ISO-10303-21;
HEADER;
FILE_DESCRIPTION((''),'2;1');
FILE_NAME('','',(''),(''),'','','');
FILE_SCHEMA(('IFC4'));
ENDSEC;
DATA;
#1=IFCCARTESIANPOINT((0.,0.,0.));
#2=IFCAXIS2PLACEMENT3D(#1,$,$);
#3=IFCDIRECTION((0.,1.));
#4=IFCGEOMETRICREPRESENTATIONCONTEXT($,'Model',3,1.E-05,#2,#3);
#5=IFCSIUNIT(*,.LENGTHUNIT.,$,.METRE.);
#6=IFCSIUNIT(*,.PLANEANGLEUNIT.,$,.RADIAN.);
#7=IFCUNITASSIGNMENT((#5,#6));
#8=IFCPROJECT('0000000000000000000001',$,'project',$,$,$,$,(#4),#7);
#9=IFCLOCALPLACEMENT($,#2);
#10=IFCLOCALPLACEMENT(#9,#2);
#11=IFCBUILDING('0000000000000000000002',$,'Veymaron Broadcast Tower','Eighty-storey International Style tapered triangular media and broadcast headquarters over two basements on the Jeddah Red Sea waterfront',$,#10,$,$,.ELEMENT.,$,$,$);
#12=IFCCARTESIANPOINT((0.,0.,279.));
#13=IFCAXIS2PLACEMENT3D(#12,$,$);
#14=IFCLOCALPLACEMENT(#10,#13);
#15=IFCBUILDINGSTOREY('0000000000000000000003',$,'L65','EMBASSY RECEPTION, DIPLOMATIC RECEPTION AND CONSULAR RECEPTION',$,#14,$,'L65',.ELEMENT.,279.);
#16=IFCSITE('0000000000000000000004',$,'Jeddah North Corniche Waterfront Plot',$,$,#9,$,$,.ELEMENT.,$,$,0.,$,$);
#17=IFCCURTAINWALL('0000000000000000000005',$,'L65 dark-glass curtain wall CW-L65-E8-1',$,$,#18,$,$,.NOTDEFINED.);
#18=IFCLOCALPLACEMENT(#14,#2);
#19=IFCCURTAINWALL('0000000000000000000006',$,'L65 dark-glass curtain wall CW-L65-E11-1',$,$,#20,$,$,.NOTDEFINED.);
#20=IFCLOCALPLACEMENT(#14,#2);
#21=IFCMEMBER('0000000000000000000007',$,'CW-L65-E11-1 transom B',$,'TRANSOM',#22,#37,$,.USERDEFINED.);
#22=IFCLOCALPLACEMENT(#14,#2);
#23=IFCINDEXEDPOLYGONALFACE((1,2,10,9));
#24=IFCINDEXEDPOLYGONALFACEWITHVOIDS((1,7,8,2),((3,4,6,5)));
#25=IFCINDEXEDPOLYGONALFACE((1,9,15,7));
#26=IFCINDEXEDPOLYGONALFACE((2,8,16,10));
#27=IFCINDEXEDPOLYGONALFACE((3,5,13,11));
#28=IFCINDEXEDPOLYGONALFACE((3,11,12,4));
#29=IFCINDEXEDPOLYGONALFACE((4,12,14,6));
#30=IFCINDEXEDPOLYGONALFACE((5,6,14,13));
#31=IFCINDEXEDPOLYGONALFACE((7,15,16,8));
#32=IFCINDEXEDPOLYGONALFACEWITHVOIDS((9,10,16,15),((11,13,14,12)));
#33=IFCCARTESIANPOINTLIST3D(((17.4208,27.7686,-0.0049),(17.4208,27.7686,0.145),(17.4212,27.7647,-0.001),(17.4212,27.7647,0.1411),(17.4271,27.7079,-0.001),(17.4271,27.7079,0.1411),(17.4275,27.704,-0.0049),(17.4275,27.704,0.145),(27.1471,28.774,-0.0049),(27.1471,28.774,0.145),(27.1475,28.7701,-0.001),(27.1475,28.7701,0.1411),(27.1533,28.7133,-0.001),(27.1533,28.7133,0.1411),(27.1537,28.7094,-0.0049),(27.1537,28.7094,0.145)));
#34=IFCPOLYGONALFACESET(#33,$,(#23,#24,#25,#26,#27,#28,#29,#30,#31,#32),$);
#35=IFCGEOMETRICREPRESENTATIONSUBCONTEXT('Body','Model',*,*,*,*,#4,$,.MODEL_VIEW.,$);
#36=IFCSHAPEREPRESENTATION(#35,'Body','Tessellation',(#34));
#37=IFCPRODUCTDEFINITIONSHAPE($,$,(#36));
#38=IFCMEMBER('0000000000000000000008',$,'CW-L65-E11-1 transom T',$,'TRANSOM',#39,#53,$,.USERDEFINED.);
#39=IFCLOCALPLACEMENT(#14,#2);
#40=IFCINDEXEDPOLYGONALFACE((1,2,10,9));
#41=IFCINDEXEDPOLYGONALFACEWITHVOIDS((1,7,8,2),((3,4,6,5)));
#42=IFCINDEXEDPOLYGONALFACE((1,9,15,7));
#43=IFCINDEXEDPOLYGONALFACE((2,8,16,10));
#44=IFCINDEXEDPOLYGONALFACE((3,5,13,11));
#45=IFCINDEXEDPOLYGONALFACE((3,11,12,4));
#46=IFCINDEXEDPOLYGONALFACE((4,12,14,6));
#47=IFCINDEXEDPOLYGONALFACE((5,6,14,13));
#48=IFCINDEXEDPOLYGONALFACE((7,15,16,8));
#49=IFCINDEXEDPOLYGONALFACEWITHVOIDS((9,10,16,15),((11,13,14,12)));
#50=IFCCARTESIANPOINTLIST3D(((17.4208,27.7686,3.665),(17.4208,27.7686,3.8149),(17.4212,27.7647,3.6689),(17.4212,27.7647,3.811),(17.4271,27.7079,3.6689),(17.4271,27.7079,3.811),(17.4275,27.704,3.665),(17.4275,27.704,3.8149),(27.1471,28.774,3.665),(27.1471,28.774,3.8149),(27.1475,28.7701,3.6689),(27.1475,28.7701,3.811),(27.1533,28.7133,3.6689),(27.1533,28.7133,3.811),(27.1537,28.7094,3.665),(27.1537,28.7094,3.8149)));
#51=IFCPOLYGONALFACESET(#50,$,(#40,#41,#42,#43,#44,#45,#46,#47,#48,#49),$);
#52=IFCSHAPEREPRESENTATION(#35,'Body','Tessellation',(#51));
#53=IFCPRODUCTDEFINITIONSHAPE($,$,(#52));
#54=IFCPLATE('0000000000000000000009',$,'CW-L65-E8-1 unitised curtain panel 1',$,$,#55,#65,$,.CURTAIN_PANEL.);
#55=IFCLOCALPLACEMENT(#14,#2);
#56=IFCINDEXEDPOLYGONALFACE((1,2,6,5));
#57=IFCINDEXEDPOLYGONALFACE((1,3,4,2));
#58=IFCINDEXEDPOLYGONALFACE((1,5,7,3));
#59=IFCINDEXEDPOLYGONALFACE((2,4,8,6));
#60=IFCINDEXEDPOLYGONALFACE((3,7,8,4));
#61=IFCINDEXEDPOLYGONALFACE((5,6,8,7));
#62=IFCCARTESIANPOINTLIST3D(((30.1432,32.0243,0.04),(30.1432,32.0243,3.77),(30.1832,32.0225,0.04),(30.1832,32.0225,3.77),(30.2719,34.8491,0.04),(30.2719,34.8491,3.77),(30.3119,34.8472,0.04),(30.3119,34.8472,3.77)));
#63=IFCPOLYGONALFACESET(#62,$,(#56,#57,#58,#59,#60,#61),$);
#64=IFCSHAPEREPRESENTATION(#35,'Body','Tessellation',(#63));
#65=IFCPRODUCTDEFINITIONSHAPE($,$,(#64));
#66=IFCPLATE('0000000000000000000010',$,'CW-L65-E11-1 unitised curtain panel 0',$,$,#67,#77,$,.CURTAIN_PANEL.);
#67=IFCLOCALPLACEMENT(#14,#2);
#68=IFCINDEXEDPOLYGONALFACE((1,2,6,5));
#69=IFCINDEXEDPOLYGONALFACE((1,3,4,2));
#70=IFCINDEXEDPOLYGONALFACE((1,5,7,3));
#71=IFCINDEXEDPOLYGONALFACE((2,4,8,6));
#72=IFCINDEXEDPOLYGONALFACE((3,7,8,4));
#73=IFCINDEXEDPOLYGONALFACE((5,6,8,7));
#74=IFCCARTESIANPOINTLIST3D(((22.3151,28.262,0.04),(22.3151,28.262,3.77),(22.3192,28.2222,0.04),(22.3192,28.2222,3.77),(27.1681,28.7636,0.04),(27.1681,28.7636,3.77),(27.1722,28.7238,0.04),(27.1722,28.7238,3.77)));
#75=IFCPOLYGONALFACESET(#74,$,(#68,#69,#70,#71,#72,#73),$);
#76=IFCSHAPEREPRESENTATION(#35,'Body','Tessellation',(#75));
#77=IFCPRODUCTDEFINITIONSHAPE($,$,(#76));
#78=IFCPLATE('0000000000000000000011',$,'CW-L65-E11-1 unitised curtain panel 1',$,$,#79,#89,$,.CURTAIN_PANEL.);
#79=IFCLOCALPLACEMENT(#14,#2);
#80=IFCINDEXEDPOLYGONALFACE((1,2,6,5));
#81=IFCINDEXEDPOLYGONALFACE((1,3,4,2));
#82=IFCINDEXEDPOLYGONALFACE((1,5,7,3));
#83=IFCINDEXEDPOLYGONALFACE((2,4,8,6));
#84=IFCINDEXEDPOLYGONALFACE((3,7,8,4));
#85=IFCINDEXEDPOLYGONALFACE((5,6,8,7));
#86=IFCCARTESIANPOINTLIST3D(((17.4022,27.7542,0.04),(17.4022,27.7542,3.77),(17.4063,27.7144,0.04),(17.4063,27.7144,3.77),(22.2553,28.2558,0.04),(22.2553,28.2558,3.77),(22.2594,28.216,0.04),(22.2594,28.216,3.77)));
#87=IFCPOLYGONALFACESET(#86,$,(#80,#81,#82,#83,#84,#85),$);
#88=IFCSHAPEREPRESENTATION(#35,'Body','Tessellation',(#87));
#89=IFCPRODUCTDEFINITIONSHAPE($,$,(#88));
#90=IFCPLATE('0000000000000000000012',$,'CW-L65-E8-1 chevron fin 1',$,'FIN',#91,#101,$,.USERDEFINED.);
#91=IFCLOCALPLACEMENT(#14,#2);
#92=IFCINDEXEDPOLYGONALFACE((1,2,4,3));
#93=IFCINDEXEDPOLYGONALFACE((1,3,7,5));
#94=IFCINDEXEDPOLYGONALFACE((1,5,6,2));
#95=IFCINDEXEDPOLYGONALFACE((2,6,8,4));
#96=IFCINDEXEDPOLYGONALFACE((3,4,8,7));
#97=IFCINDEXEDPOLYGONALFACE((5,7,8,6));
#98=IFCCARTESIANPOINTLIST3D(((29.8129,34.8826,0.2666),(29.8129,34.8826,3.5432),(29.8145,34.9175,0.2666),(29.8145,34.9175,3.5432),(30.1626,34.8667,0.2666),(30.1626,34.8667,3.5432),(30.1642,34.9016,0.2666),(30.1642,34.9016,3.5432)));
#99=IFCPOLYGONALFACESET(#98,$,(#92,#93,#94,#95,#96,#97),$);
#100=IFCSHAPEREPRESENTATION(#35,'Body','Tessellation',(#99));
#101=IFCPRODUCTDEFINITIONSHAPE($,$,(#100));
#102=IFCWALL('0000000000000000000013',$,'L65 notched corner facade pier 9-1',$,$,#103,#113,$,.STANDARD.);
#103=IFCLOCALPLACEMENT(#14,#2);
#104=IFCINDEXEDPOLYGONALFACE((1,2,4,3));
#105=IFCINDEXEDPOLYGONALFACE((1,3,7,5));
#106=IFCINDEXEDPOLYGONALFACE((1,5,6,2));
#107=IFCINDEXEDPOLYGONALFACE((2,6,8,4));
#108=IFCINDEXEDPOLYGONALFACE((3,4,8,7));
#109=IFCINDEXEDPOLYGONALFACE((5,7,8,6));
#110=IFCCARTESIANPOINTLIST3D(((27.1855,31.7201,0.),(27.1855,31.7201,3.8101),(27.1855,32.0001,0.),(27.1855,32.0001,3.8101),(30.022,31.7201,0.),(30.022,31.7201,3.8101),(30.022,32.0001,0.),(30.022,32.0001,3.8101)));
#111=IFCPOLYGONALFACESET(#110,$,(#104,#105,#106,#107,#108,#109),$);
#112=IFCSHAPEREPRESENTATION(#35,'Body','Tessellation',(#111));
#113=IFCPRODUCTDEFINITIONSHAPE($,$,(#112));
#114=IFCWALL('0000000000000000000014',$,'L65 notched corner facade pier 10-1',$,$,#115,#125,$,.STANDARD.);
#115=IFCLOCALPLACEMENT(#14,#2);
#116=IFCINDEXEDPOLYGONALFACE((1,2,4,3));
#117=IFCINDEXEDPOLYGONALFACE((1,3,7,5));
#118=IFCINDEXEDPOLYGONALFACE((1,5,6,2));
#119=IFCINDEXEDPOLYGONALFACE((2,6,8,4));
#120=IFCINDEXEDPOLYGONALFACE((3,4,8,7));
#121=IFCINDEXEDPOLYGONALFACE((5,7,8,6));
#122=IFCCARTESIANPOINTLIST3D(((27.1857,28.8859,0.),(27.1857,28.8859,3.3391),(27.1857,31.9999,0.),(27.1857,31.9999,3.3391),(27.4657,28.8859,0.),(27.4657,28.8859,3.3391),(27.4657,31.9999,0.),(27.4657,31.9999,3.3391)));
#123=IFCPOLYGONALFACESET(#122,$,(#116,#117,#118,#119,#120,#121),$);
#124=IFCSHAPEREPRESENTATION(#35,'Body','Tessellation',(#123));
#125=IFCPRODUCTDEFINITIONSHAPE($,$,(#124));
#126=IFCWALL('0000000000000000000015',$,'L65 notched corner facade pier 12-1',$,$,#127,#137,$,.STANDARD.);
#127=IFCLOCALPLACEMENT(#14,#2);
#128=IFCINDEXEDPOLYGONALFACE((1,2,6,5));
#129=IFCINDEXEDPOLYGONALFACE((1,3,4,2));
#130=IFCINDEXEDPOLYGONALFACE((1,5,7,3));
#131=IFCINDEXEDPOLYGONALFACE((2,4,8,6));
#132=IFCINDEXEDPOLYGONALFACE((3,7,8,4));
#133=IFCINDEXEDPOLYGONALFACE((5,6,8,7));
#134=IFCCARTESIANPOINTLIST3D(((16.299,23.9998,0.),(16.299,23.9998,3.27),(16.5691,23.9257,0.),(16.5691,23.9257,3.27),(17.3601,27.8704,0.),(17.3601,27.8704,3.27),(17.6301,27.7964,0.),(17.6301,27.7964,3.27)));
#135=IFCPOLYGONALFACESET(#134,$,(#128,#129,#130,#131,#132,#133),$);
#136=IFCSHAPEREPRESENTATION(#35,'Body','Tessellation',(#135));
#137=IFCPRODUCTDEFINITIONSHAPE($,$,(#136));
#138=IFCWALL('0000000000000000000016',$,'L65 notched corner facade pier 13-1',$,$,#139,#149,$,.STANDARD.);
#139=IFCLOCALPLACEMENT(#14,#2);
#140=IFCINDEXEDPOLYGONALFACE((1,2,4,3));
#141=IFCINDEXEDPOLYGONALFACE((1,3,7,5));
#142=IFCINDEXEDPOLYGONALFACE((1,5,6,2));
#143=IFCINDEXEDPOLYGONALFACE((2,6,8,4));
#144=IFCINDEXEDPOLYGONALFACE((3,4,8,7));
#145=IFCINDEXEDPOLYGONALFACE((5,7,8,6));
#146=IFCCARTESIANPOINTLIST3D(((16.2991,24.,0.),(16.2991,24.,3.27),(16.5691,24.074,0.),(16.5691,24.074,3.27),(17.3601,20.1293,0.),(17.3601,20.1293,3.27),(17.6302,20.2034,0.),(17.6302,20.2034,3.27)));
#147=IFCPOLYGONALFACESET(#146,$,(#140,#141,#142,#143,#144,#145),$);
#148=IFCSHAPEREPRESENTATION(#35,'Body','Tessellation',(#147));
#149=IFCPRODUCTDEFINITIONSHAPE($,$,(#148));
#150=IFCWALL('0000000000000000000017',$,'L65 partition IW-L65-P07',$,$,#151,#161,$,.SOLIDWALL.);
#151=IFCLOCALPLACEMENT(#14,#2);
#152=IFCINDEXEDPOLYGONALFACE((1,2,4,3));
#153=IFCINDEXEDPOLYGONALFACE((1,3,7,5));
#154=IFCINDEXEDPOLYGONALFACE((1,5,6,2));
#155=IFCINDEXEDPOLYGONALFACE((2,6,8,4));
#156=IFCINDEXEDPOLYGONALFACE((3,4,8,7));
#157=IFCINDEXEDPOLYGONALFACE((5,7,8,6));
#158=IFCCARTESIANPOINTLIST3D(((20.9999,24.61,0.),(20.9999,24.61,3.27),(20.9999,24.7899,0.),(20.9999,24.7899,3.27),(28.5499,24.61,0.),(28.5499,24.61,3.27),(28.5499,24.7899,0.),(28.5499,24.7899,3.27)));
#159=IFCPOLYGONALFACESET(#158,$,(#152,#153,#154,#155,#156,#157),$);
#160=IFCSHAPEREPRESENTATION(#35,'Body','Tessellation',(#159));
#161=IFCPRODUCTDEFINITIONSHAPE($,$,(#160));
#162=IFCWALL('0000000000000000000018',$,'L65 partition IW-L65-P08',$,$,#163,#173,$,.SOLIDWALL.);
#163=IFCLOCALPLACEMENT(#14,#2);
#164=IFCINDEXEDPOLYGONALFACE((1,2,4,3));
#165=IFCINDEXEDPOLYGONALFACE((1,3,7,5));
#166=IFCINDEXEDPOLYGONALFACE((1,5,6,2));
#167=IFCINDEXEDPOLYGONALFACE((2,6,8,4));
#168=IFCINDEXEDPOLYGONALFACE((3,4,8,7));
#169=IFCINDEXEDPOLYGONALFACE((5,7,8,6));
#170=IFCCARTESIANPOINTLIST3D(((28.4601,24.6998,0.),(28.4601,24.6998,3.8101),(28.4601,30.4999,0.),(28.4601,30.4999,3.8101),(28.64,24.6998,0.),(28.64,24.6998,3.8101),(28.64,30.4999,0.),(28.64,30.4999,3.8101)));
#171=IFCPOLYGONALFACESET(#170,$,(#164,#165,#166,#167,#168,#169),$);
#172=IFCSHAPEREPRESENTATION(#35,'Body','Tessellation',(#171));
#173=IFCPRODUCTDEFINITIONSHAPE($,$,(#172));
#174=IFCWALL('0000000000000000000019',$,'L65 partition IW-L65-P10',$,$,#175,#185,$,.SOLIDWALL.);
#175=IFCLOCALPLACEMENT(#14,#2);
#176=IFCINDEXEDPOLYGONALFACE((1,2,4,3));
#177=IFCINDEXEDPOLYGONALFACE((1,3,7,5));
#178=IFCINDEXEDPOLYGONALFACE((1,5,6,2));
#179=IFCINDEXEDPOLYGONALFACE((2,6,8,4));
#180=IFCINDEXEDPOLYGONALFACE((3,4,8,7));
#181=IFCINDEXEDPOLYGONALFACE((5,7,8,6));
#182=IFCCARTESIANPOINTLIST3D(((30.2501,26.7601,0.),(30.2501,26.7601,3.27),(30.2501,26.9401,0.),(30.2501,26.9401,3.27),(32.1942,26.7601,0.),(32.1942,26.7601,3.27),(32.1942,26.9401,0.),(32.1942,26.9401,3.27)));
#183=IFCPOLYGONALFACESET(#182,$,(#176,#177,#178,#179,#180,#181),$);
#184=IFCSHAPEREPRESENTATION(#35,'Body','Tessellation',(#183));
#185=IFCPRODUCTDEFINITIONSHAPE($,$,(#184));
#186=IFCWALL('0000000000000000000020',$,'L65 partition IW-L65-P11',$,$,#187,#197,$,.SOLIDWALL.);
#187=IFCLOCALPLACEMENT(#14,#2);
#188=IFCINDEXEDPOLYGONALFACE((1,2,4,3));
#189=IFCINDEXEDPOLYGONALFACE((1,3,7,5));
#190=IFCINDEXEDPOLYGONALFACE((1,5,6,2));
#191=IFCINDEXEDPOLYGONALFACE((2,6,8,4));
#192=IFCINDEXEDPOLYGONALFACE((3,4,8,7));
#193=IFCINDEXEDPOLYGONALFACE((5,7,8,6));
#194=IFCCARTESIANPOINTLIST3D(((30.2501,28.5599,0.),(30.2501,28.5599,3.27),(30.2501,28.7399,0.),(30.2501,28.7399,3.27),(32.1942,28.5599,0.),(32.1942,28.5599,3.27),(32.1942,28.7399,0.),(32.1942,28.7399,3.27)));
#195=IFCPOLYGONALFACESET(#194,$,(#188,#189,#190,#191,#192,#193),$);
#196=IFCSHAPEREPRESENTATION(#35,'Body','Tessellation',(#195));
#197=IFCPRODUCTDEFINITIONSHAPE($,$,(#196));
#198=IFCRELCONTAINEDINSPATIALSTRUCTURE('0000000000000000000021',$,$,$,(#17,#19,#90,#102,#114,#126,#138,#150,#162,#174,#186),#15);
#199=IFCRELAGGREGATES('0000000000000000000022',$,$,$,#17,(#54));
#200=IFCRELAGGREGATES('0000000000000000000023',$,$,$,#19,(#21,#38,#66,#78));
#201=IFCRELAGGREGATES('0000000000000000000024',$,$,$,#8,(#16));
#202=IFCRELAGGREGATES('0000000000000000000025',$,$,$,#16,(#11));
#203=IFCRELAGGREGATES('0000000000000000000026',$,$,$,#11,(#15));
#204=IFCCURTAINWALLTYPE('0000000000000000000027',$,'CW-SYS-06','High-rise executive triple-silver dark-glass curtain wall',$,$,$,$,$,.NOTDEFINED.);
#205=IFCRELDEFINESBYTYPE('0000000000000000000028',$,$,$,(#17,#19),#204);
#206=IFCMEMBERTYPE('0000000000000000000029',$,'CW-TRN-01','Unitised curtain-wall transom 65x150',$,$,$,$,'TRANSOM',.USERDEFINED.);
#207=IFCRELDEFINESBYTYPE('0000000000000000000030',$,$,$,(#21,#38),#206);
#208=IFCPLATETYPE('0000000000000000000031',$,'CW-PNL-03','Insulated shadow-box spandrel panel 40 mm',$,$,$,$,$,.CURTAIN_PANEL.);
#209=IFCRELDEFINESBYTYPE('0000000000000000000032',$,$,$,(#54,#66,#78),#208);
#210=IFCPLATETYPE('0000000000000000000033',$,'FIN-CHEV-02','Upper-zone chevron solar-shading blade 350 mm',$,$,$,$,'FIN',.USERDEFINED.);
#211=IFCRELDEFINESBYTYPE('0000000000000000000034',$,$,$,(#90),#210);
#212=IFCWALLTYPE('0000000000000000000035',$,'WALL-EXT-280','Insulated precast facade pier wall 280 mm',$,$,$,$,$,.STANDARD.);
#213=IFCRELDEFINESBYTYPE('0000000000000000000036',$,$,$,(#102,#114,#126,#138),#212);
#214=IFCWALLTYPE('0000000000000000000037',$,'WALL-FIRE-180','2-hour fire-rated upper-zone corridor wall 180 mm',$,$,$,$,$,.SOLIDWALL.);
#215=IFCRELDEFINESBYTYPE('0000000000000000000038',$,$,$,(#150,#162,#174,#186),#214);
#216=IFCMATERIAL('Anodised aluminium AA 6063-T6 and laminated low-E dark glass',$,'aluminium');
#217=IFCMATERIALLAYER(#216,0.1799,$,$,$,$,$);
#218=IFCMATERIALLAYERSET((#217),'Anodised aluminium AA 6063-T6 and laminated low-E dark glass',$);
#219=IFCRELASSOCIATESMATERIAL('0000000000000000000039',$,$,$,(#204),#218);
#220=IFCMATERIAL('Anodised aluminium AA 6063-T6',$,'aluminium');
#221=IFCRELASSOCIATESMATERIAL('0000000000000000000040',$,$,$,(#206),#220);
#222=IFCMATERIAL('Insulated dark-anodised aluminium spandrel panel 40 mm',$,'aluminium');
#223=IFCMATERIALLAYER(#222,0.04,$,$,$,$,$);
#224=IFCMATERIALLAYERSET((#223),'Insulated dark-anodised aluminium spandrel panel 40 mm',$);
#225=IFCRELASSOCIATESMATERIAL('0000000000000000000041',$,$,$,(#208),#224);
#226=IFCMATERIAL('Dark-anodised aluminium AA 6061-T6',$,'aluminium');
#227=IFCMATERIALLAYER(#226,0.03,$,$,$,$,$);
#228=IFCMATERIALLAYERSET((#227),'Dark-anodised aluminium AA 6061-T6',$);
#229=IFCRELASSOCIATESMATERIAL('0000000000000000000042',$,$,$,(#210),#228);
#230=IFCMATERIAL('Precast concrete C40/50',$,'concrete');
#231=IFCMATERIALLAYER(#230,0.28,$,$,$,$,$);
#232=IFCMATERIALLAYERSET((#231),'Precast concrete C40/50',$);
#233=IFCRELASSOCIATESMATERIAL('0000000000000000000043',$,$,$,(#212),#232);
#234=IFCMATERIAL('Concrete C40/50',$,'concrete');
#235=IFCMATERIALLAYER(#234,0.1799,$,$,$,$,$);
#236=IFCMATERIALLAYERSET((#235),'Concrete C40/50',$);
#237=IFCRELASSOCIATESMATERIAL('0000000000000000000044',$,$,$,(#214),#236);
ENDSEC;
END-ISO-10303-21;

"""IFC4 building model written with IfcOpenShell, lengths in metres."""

from ifc_helpers import new_model, si_unit, direction, frame, frame_2d, origin, origin_2d, place, context, subcontext, project, spatial, rectangle, hollow_rectangle, extrude, material, layer, layer_set, material_profile, profile_set, type_object, element, aggregate, save


model = new_model("IFC4")

# Units and contexts
model_context = context("Model", 3, precision=1e-05, world=origin(), true_north=direction((0.0, 1.0)))
body_context = subcontext(model_context, "Body", "Model", "MODEL_VIEW")
ifc_project = project(units=[si_unit("LENGTHUNIT", "METRE"), si_unit("PLANEANGLEUNIT", "RADIAN")], contexts=[model_context])

# Site, building, storey
site_placement = place(None, origin())
site = spatial("IfcSite", under=ifc_project, at=site_placement, Name="Jeddah North Corniche Waterfront Plot", CompositionType="ELEMENT", RefElevation=0.0)
building_placement = place(site_placement, origin())
building = spatial("IfcBuilding", under=site, at=building_placement, Name="Veymaron Broadcast Tower", Description="Eighty-storey International Style tapered triangular media and broadcast headquarters over two basements on the Jeddah Red Sea waterfront", CompositionType="ELEMENT")
storey_placement = place(building_placement, frame((0.0, 0.0, 279.0)))
storey = spatial("IfcBuildingStorey", under=building, at=storey_placement, Name="L65", Description="EMBASSY RECEPTION, DIPLOMATIC RECEPTION AND CONSULAR RECEPTION", LongName="L65", CompositionType="ELEMENT", Elevation=279.0)

# Curtain wall
ifc_material_1 = material(Name="Anodised aluminium AA 6063-T6 and laminated low-E dark glass", Category="aluminium")
ifc_layer_1 = layer(ifc_material_1, 0.1799)
ifc_layer_set_1 = layer_set([ifc_layer_1], Name="Anodised aluminium AA 6063-T6 and laminated low-E dark glass")
curtain_wall_type = type_object("IfcCurtainWallType", Name="CW-SYS-06", Description="High-rise executive triple-silver dark-glass curtain wall", PredefinedType="NOTDEFINED", material=ifc_layer_set_1)
curtain_wall_1_placement = place(storey_placement, origin())
curtain_wall_1 = element("IfcCurtainWall", 1, at=curtain_wall_1_placement, inside=storey, type_object=curtain_wall_type, Name="L65 dark-glass curtain wall CW-L65-E8-1", PredefinedType="NOTDEFINED")
ifc_material_2 = material(Name="Anodised aluminium AA 6063-T6", Category="aluminium")

# Curtain wall, members
curtain_wall_2_placement = place(storey_placement, origin())
curtain_wall_2 = element("IfcCurtainWall", 2, at=curtain_wall_2_placement, inside=storey, type_object=curtain_wall_type, Name="L65 dark-glass curtain wall CW-L65-E11-1", PredefinedType="NOTDEFINED")
ifc_material_profile_1 = material_profile(ifc_material_2, hollow_rectangle(XDim=0.0649, YDim=0.1499, WallThickness=0.0039, at=origin_2d()), Name="AL150X65X4")
ifc_profile_set_1 = profile_set([ifc_material_profile_1], Name="Anodised aluminium AA 6063-T6")
member_type_1 = type_object("IfcMemberType", Name="CW-TRN-01", Description="Unitised curtain-wall transom 65x150", ElementType="TRANSOM", PredefinedType="USERDEFINED", material=ifc_profile_set_1)
member_1_placement = place(storey_placement, frame((27.1504, 28.7417, 0.0701), z_axis=(-0.9947, -0.102818, 0.0), x_axis=(0.102818, -0.9947, 0.0)))
member_1 = element("IfcMember", 3, at=member_1_placement, type_object=member_type_1, Name="CW-L65-E11-1 transom B", ObjectType="TRANSOM", PredefinedType="USERDEFINED", context=body_context, shape_type="SweptSolid", body=[
    extrude(hollow_rectangle(XDim=0.0649, YDim=0.1499, WallThickness=0.0039, at=origin_2d()), origin(), (0.0, 0.0, 1.0), 9.7781),
])
member_2_placement = place(storey_placement, frame((27.1504, 28.7417, 3.74), z_axis=(-0.9947, -0.102818, 0.0), x_axis=(0.102818, -0.9947, 0.0)))
member_2 = element("IfcMember", 4, at=member_2_placement, type_object=member_type_1, Name="CW-L65-E11-1 transom T", ObjectType="TRANSOM", PredefinedType="USERDEFINED", context=body_context, shape_type="SweptSolid", body=[
    extrude(hollow_rectangle(XDim=0.0649, YDim=0.1499, WallThickness=0.0039, at=origin_2d()), origin(), (0.0, 0.0, 1.0), 9.7781),
])

# Plates
ifc_material_3 = material(Name="Insulated dark-anodised aluminium spandrel panel 40 mm", Category="aluminium")
ifc_layer_2 = layer(ifc_material_3, 0.04)
ifc_layer_set_2 = layer_set([ifc_layer_2], Name="Insulated dark-anodised aluminium spandrel panel 40 mm")
plate_type_1 = type_object("IfcPlateType", Name="CW-PNL-03", Description="Insulated shadow-box spandrel panel 40 mm", PredefinedType="CURTAIN_PANEL", material=ifc_layer_set_2)
plate_1_placement = place(storey_placement, frame((30.2275, 33.4358, 0.04), z_axis=(0.0, 0.0, 1.0), x_axis=(-0.045502, -0.998964, 0.0)))
plate_1 = element("IfcPlate", 5, at=plate_1_placement, type_object=plate_type_1, Name="CW-L65-E8-1 unitised curtain panel 1", PredefinedType="CURTAIN_PANEL", context=body_context, shape_type="SweptSolid", body=[
    extrude(rectangle(XDim=2.8276, YDim=0.04, at=origin_2d()), origin(), (0.0, 0.0, 1.0), 3.73),
])
aggregate(curtain_wall_1, [plate_1])
plate_2_placement = place(storey_placement, frame((24.7437, 28.4929, 0.04), z_axis=(0.0, 0.0, 1.0), x_axis=(-0.994701, -0.10281, 0.0)))
plate_2 = element("IfcPlate", 6, at=plate_2_placement, type_object=plate_type_1, Name="CW-L65-E11-1 unitised curtain panel 0", PredefinedType="CURTAIN_PANEL", context=body_context, shape_type="SweptSolid", body=[
    extrude(rectangle(XDim=4.8789, YDim=0.04, at=origin_2d()), origin(), (0.0, 0.0, 1.0), 3.73),
])
plate_3_placement = place(storey_placement, frame((19.8308, 27.9851, 0.04), z_axis=(0.0, 0.0, 1.0), x_axis=(-0.994701, -0.10281, 0.0)))
plate_3 = element("IfcPlate", 7, at=plate_3_placement, type_object=plate_type_1, Name="CW-L65-E11-1 unitised curtain panel 1", PredefinedType="CURTAIN_PANEL", context=body_context, shape_type="SweptSolid", body=[
    extrude(rectangle(XDim=4.8789, YDim=0.04, at=origin_2d()), origin(), (0.0, 0.0, 1.0), 3.73),
])
aggregate(curtain_wall_2, [member_1, member_2, plate_2, plate_3])
ifc_material_4 = material(Name="Dark-anodised aluminium AA 6061-T6", Category="aluminium")
ifc_layer_3 = layer(ifc_material_4, 0.03)
ifc_layer_set_3 = layer_set([ifc_layer_3], Name="Dark-anodised aluminium AA 6061-T6")
plate_type_2 = type_object("IfcPlateType", Name="FIN-CHEV-02", Description="Upper-zone chevron solar-shading blade 350 mm", ElementType="FIN", PredefinedType="USERDEFINED", material=ifc_layer_set_3)
plate_4_placement = place(storey_placement, frame((29.9885, 34.8921, 0.2666), z_axis=(0.0, 0.0, 1.0), x_axis=(-0.998964, 0.045502, 0.0)))
element("IfcPlate", 8, at=plate_4_placement, inside=storey, type_object=plate_type_2, Name="CW-L65-E8-1 chevron fin 1", ObjectType="FIN", PredefinedType="USERDEFINED", context=body_context, shape_type="SweptSolid", body=[
    extrude(rectangle(XDim=0.3501, YDim=0.0349, at=origin_2d()), origin(), (0.0, 0.0, 1.0), 3.2766),
])

# Walls
ifc_material_5 = material(Name="Precast concrete C40/50", Category="concrete")
ifc_layer_4 = layer(ifc_material_5, 0.28)
ifc_layer_set_4 = layer_set([ifc_layer_4], Name="Precast concrete C40/50")
wall_type_1 = type_object("IfcWallType", Name="WALL-EXT-280", Description="Insulated precast facade pier wall 280 mm", PredefinedType="STANDARD", material=ifc_layer_set_4)
wall_1_placement = place(storey_placement, frame((30.022, 31.8601, 0.0), z_axis=(0.0, 0.0, 1.0), x_axis=(-1.0, 0.0, 0.0)))
element("IfcWall", 9, at=wall_1_placement, inside=storey, type_object=wall_type_1, Name="L65 notched corner facade pier 9-1", PredefinedType="STANDARD", context=body_context, shape_type="SweptSolid", body=[
    extrude(rectangle(XDim=2.8364, YDim=0.28, at=frame_2d((1.4182, 0.0))), origin(), (0.0, 0.0, 1.0), 3.8101),
])
wall_2_placement = place(storey_placement, frame((27.3257, 32.0, 0.0), z_axis=(0.0, 0.0, 1.0), x_axis=(0.0, -1.0, 0.0)))
element("IfcWall", 10, at=wall_2_placement, inside=storey, type_object=wall_type_1, Name="L65 notched corner facade pier 10-1", PredefinedType="STANDARD", context=body_context, shape_type="SweptSolid", body=[
    extrude(rectangle(XDim=3.114, YDim=0.28, at=frame_2d((1.5571, 0.0))), origin(), (0.0, 0.0, 1.0), 3.3391),
])
for number, where, z_axis, x_axis, name in (
    (11, (17.4951, 27.8335, 0.0), (0.0, 0.0, 1.0), (-0.264373, -0.96442, 0.0), "L65 notched corner facade pier 12-1"),
    (12, (16.4341, 24.0371, 0.0), (0.0, 0.0, 1.0), (0.264373, -0.96442, 0.0), "L65 notched corner facade pier 13-1"),
):
    element("IfcWall", number, at=place(storey_placement, frame(where, z_axis=z_axis, x_axis=x_axis)), inside=storey, type_object=wall_type_1, Name=name, PredefinedType="STANDARD", context=body_context, shape_type="SweptSolid", body=[
        extrude(rectangle(XDim=4.0134, YDim=0.28, at=frame_2d((2.0068, 0.0))), origin(), (0.0, 0.0, 1.0), 3.27),
    ])
ifc_material_6 = material(Name="Concrete C40/50", Category="concrete")
ifc_layer_5 = layer(ifc_material_6, 0.1799)
ifc_layer_set_5 = layer_set([ifc_layer_5], Name="Concrete C40/50")
wall_type_2 = type_object("IfcWallType", Name="WALL-FIRE-180", Description="2-hour fire-rated upper-zone corridor wall 180 mm", PredefinedType="SOLIDWALL", material=ifc_layer_set_5)
wall_3_placement = place(storey_placement, frame((21.0, 24.7, 0.0), z_axis=(0.0, 0.0, 1.0), x_axis=(1.0, 0.0, 0.0)))
element("IfcWall", 13, at=wall_3_placement, inside=storey, type_object=wall_type_2, Name="L65 partition IW-L65-P07", PredefinedType="SOLIDWALL", context=body_context, shape_type="SweptSolid", body=[
    extrude(rectangle(XDim=7.55, YDim=0.1799, at=frame_2d((3.7749, 0.0))), origin(), (0.0, 0.0, 1.0), 3.27),
])
wall_4_placement = place(storey_placement, frame((28.55, 24.7, 0.0), z_axis=(0.0, 0.0, 1.0), x_axis=(0.0, 1.0, 0.0)))
element("IfcWall", 14, at=wall_4_placement, inside=storey, type_object=wall_type_2, Name="L65 partition IW-L65-P08", PredefinedType="SOLIDWALL", context=body_context, shape_type="SweptSolid", body=[
    extrude(rectangle(XDim=5.8, YDim=0.1799, at=frame_2d((2.8999, 0.0))), origin(), (0.0, 0.0, 1.0), 3.8101),
])
for number, where, z_axis, x_axis, name in (
    (15, (30.25, 26.8501, 0.0), (0.0, 0.0, 1.0), (1.0, 0.0, 0.0), "L65 partition IW-L65-P10"),
    (16, (30.25, 28.6499, 0.0), (0.0, 0.0, 1.0), (1.0, 0.0, 0.0), "L65 partition IW-L65-P11"),
):
    element("IfcWall", number, at=place(storey_placement, frame(where, z_axis=z_axis, x_axis=x_axis)), inside=storey, type_object=wall_type_2, Name=name, PredefinedType="SOLIDWALL", context=body_context, shape_type="SweptSolid", body=[
        extrude(rectangle(XDim=1.9441, YDim=0.1799, at=frame_2d((0.9722, 0.0))), origin(), (0.0, 0.0, 1.0), 3.27),
    ])

save(model, "model.ifc")
